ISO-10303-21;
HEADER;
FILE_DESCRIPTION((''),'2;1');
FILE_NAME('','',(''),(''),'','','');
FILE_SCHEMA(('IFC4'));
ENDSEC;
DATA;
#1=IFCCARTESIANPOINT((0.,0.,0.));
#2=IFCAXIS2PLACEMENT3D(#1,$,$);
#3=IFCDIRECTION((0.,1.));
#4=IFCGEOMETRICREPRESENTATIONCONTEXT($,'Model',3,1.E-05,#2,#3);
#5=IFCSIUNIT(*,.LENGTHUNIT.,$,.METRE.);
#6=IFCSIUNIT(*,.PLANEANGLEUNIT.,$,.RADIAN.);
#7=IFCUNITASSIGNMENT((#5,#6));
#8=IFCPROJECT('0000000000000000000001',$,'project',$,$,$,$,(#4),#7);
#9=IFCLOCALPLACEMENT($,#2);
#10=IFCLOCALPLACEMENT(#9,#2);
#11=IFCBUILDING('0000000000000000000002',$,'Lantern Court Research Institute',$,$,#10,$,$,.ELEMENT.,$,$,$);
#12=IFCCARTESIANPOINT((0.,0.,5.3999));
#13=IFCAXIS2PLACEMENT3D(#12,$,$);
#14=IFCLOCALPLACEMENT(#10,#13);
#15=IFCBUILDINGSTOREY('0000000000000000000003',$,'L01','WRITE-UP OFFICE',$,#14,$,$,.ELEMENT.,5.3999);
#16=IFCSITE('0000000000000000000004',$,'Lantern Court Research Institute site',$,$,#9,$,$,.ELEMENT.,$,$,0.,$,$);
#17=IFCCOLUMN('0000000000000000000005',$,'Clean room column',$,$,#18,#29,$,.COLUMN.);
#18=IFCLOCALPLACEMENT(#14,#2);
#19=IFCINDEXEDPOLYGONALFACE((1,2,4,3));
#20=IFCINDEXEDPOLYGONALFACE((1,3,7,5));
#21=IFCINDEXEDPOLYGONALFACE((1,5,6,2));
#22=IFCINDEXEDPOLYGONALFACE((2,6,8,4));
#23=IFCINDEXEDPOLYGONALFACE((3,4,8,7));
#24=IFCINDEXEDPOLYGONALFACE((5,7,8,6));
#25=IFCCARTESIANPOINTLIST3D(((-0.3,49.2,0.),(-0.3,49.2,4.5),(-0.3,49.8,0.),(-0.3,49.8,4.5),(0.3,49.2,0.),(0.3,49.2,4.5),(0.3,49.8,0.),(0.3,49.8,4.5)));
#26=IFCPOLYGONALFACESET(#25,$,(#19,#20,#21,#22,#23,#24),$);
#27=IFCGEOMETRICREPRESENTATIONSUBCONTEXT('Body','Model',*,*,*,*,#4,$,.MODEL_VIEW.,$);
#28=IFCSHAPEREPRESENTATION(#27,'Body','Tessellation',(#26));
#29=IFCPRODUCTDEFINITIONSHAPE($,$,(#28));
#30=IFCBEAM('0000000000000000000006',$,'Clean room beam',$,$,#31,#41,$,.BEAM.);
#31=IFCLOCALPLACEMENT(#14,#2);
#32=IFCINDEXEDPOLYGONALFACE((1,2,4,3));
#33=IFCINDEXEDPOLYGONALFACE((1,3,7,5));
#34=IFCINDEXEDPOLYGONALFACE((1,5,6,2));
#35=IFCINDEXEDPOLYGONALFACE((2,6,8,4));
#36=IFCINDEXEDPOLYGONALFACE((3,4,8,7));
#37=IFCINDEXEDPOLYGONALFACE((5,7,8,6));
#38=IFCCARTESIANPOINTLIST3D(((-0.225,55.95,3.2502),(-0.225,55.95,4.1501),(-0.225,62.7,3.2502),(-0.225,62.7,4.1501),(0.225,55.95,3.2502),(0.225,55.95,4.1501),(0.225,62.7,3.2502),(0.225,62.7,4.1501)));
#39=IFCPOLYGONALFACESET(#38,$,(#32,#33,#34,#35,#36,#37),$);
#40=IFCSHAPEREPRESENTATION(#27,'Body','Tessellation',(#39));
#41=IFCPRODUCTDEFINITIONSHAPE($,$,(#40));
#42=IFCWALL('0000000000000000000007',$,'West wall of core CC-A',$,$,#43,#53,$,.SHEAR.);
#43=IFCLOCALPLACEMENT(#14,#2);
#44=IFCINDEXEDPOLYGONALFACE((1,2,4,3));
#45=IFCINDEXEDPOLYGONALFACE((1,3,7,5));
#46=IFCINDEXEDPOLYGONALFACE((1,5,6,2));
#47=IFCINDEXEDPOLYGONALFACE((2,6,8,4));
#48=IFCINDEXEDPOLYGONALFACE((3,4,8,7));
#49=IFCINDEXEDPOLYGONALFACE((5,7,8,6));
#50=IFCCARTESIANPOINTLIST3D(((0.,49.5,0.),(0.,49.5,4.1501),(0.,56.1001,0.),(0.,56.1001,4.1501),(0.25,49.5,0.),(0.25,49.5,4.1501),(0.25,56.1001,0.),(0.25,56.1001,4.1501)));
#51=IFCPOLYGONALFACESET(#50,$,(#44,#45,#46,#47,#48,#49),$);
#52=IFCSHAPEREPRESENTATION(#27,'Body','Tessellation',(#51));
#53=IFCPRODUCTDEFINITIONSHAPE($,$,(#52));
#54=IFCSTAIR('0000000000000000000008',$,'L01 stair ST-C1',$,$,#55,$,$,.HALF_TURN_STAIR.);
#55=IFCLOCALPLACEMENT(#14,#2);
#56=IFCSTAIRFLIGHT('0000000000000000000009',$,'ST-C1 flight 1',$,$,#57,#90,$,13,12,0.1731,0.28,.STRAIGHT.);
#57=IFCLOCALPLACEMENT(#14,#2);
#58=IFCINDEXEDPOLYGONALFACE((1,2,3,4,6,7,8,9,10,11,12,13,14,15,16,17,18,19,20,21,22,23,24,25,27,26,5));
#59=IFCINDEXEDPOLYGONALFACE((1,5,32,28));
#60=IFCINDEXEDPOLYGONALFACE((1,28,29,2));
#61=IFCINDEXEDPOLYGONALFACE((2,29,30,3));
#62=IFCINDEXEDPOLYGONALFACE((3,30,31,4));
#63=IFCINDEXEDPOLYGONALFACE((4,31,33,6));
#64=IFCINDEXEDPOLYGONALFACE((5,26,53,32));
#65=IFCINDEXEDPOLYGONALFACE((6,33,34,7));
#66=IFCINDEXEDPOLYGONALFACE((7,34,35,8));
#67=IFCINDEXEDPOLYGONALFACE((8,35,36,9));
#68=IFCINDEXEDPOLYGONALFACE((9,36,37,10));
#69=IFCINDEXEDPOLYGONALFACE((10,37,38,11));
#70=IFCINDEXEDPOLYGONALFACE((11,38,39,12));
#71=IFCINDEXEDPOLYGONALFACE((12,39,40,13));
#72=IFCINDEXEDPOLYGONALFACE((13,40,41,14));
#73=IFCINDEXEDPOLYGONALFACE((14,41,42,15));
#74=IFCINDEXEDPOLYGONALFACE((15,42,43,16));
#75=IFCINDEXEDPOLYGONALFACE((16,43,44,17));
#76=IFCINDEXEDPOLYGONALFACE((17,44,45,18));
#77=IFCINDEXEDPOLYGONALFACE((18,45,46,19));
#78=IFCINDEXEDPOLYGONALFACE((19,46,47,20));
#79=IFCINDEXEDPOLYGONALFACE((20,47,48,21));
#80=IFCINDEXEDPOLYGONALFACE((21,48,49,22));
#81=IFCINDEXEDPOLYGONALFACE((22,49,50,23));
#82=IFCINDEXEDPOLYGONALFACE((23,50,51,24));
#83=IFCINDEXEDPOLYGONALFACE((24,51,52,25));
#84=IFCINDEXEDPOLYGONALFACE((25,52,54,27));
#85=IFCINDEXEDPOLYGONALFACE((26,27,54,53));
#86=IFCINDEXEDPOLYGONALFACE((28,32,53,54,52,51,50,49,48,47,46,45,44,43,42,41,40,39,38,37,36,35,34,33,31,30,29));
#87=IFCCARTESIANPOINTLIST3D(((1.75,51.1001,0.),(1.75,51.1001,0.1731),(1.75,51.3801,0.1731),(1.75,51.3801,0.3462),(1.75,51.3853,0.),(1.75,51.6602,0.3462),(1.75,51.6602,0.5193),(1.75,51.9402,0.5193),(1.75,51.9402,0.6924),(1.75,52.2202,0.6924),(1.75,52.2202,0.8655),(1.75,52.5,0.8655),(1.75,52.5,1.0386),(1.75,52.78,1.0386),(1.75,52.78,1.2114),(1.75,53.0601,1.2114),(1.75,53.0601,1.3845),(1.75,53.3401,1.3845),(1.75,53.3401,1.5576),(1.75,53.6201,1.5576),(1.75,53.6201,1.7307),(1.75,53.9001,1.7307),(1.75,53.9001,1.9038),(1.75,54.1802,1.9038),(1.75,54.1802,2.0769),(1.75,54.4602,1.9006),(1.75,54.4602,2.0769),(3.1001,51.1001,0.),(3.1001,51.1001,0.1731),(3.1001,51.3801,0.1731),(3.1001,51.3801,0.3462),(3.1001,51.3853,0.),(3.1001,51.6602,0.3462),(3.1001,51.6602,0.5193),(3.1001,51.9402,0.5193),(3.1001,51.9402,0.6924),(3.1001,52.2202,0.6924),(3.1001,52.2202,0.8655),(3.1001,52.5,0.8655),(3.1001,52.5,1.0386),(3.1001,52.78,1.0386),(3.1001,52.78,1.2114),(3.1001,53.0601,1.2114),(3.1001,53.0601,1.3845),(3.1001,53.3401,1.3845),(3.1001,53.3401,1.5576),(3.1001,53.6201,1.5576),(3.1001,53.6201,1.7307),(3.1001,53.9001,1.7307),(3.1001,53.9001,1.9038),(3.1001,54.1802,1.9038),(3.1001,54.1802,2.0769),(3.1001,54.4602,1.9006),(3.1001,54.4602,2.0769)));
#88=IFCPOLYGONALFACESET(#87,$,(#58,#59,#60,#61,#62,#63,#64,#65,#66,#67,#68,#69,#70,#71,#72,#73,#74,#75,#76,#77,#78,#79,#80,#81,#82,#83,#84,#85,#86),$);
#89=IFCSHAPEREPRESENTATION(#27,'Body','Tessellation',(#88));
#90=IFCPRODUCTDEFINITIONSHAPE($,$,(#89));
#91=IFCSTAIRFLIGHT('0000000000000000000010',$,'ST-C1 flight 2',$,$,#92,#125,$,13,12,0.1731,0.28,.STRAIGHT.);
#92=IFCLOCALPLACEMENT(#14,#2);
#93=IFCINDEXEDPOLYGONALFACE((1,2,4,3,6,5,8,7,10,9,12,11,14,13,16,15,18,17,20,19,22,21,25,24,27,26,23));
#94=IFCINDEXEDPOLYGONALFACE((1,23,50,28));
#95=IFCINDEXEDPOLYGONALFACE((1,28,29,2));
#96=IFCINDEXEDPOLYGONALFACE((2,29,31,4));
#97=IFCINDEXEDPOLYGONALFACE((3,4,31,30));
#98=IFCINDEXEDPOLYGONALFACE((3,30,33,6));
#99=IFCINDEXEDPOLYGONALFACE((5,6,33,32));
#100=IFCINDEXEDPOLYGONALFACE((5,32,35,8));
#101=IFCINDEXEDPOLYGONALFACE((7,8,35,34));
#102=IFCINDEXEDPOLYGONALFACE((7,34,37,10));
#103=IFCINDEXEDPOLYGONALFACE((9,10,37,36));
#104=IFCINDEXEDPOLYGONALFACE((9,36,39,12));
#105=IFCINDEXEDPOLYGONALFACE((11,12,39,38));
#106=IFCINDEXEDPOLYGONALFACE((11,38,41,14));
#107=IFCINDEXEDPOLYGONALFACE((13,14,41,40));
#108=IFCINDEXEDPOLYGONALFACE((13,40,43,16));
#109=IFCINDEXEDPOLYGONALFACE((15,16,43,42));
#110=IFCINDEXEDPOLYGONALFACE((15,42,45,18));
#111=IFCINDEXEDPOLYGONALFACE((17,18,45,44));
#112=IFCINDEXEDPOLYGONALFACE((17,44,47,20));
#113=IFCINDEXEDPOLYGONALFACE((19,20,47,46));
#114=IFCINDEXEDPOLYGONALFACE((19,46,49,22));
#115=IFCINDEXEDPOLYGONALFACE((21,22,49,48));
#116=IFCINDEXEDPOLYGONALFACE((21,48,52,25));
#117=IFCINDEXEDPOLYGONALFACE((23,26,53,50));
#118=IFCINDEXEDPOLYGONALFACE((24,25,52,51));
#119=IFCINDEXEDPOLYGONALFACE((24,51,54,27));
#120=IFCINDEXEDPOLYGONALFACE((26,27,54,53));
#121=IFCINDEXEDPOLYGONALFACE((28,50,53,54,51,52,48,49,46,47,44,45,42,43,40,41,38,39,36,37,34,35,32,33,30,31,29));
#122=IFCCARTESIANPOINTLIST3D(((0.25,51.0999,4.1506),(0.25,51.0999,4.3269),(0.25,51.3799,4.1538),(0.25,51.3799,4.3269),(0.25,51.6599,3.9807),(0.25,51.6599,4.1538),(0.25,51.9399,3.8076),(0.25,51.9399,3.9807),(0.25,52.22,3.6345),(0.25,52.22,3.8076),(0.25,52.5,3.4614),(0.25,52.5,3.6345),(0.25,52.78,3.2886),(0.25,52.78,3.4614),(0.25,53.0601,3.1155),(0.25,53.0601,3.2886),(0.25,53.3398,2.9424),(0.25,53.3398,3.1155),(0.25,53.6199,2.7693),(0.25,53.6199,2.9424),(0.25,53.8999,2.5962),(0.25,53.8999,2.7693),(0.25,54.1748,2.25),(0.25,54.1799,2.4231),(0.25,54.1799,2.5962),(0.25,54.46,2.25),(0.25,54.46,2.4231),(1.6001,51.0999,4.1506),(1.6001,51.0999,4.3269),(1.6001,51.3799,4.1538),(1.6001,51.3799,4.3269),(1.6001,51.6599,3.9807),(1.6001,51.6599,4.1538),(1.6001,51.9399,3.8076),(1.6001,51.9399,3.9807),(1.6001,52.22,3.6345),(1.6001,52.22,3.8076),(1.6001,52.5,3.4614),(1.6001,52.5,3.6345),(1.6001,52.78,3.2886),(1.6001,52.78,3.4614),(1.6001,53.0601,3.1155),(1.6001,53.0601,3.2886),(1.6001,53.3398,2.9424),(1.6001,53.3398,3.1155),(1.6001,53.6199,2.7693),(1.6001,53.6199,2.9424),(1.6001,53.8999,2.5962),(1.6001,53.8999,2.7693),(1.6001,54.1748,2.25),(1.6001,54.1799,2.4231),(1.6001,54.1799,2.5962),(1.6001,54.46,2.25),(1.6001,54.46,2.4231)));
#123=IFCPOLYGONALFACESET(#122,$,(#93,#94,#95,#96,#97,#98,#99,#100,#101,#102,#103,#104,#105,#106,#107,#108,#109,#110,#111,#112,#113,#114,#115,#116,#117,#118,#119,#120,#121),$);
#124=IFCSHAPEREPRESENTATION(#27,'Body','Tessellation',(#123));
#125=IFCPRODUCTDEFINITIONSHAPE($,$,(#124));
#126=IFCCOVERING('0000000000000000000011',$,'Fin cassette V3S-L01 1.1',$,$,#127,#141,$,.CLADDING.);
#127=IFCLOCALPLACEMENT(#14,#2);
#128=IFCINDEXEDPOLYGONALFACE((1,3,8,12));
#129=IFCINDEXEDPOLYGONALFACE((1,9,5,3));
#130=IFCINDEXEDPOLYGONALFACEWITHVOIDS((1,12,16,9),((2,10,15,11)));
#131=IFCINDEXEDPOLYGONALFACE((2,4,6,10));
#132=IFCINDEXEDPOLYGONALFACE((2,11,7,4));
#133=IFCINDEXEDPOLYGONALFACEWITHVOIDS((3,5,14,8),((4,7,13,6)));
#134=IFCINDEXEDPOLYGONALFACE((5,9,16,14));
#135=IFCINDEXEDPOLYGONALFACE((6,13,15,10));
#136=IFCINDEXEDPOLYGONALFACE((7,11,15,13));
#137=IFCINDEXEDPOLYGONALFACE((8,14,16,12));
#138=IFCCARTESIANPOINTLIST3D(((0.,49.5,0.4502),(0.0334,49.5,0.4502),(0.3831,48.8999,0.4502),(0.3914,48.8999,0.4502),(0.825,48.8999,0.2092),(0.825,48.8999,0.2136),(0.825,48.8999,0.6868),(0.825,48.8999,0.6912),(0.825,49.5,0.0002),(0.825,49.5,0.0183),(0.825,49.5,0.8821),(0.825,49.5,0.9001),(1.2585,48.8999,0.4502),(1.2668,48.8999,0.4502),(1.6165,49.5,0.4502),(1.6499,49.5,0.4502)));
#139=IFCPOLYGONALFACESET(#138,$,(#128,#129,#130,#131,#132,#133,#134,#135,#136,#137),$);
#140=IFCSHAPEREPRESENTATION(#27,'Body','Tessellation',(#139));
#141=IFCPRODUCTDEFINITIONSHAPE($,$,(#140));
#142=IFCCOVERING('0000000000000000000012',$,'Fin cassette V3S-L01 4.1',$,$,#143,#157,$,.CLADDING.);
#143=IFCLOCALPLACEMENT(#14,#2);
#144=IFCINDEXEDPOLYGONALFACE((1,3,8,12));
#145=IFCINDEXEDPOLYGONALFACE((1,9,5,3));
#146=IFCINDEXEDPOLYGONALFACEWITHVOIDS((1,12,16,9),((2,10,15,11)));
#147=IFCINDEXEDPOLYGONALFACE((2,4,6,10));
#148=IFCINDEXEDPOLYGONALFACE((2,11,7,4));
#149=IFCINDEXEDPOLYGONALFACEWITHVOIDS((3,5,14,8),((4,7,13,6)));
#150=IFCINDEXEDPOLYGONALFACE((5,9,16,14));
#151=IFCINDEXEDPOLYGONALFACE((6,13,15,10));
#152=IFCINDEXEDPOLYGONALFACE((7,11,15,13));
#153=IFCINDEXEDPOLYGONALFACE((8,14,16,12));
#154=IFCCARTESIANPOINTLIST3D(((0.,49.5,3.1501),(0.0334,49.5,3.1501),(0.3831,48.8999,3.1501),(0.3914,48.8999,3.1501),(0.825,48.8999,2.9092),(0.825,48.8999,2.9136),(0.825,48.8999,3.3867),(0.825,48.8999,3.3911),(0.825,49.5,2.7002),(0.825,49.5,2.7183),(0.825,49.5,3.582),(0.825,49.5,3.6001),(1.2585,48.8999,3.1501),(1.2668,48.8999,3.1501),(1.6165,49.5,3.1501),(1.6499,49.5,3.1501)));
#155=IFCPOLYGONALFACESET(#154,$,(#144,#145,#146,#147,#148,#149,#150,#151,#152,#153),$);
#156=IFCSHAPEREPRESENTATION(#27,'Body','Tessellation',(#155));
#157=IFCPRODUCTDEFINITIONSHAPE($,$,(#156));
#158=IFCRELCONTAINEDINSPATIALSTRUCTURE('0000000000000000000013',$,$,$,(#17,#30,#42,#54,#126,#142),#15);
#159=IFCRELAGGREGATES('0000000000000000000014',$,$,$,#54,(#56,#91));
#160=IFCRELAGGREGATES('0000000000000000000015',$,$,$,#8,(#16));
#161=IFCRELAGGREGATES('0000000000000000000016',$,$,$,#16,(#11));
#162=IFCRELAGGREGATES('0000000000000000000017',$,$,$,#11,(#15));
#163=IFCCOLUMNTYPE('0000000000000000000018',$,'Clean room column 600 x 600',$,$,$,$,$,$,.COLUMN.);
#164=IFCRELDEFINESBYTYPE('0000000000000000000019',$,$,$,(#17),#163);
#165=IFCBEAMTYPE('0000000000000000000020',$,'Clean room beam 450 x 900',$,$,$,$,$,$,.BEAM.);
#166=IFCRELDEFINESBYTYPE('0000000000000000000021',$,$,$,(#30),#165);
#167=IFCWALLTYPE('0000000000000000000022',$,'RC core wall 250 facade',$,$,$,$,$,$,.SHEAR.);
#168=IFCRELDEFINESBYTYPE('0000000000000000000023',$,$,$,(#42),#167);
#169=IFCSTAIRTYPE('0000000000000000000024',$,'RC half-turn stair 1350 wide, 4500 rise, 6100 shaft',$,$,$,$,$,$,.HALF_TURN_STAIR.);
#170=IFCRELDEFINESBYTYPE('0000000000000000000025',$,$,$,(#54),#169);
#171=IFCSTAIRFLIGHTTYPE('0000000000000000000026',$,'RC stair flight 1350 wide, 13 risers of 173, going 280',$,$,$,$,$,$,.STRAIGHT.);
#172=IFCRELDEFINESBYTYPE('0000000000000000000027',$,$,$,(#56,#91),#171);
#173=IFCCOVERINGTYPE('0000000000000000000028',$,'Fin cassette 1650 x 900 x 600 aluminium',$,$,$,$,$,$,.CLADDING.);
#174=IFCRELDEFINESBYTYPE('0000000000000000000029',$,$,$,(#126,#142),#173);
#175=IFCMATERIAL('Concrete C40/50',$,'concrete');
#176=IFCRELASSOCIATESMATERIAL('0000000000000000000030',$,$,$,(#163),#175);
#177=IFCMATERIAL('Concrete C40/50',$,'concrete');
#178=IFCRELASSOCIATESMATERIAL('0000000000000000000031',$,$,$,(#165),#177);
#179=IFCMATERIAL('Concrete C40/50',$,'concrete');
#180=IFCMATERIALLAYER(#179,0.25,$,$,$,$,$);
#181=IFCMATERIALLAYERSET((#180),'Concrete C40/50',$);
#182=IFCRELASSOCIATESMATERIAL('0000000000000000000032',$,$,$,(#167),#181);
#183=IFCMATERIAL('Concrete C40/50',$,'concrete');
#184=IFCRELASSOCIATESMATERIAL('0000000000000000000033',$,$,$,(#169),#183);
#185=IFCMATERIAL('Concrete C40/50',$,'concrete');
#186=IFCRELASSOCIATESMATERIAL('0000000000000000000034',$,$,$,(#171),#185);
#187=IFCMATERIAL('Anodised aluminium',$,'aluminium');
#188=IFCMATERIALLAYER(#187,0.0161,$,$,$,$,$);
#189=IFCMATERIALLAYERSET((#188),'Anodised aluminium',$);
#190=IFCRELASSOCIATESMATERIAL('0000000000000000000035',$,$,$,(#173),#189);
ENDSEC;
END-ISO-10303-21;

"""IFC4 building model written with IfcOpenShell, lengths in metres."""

from ifc_helpers import new_model, entity, si_unit, direction, frame, frame_2d, origin, origin_2d, place, context, subcontext, project, spatial, polyline, rectangle, outline, extrude, material, layer, layer_set, material_profile, profile_set, type_object, element, aggregate, save


model = new_model("IFC4")

# Units and contexts
model_context = context("Model", 3, precision=1e-05, world=origin(), true_north=direction((0.0, 1.0)))
body_context = subcontext(model_context, "Body", "Model", "MODEL_VIEW")
ifc_project = project(units=[si_unit("LENGTHUNIT", "METRE"), si_unit("PLANEANGLEUNIT", "RADIAN")], contexts=[model_context])

# Site, building, storey
site_placement = place(None, origin())
site = spatial("IfcSite", under=ifc_project, at=site_placement, Name="Lantern Court Research Institute site", CompositionType="ELEMENT", RefElevation=0.0)
building_placement = place(site_placement, origin())
building = spatial("IfcBuilding", under=site, at=building_placement, Name="Lantern Court Research Institute", CompositionType="ELEMENT")
storey_placement = place(building_placement, frame((0.0, 0.0, 5.3999)))
storey = spatial("IfcBuildingStorey", under=building, at=storey_placement, Name="L01", Description="WRITE-UP OFFICE", CompositionType="ELEMENT", Elevation=5.3999)

# Column
ifc_material_1 = material(Name="Concrete C40/50", Category="concrete")
ifc_material_profile_1 = material_profile(ifc_material_1, rectangle(XDim=0.6001, YDim=0.6001, at=origin_2d()), Name="Clean room column 600 x 600")
ifc_profile_set_1 = profile_set([ifc_material_profile_1], Name="Concrete C40/50")
column_type = type_object("IfcColumnType", Name="Clean room column 600 x 600", PredefinedType="COLUMN", material=ifc_profile_set_1)
column_placement = place(storey_placement, frame((0.0, 49.5, 0.0), z_axis=(0.0, 0.0, 1.0), x_axis=(1.0, 0.0, 0.0)))
element("IfcColumn", 1, at=column_placement, inside=storey, type_object=column_type, Name="Clean room column", PredefinedType="COLUMN", context=body_context, shape_type="SweptSolid", body=[
    extrude(rectangle(XDim=0.6001, YDim=0.6001, at=origin_2d()), origin(), (0.0, 0.0, 1.0), 4.5),
])

# Beam
ifc_material_2 = material(Name="Concrete C40/50", Category="concrete")
ifc_material_profile_2 = material_profile(ifc_material_2, rectangle(XDim=0.45, YDim=0.8999, at=origin_2d()), Name="Clean room beam 450 x 900")
ifc_profile_set_2 = profile_set([ifc_material_profile_2], Name="Concrete C40/50")
beam_type = type_object("IfcBeamType", Name="Clean room beam 450 x 900", PredefinedType="BEAM", material=ifc_profile_set_2)
beam_placement = place(storey_placement, frame((0.0, 55.95, 3.7002), z_axis=(0.0, 1.0, 0.0), x_axis=(-1.0, 0.0, 0.0)))
element("IfcBeam", 2, at=beam_placement, inside=storey, type_object=beam_type, Name="Clean room beam", PredefinedType="BEAM", context=body_context, shape_type="SweptSolid", body=[
    extrude(rectangle(XDim=0.45, YDim=0.8999, at=origin_2d()), origin(), (0.0, 0.0, 1.0), 6.75),
])

# Wall
ifc_material_3 = material(Name="Concrete C40/50", Category="concrete")
ifc_layer_1 = layer(ifc_material_3, 0.25)
ifc_layer_set_1 = layer_set([ifc_layer_1], Name="Concrete C40/50")
wall_type = type_object("IfcWallType", Name="RC core wall 250 facade", PredefinedType="SHEAR", material=ifc_layer_set_1)
wall_placement = place(storey_placement, frame((0.125, 49.5, 0.0), z_axis=(0.0, 0.0, 1.0), x_axis=(0.0, 1.0, 0.0)))
element("IfcWall", 3, at=wall_placement, inside=storey, type_object=wall_type, Name="West wall of core CC-A", PredefinedType="SHEAR", context=body_context, shape_type="SweptSolid", body=[
    extrude(rectangle(XDim=6.6001, YDim=0.25, at=frame_2d((3.3, 0.0))), origin(), (0.0, 0.0, 1.0), 4.1501),
])

# Stair, stair flights
ifc_material_4 = material(Name="Concrete C40/50", Category="concrete")
stair_type = type_object("IfcStairType", Name="RC half-turn stair 1350 wide, 4500 rise, 6100 shaft", PredefinedType="HALF_TURN_STAIR", material=ifc_material_4)
stair_placement = place(storey_placement, origin())
stair = element("IfcStair", 4, at=stair_placement, inside=storey, type_object=stair_type, Name="L01 stair ST-C1", PredefinedType="HALF_TURN_STAIR")
ifc_material_5 = material(Name="Concrete C40/50", Category="concrete")
stair_flight_type = type_object("IfcStairFlightType", Name="RC stair flight 1350 wide, 13 risers of 173, going 280", PredefinedType="STRAIGHT", material=ifc_material_5)
stair_flight_1_placement = place(storey_placement, frame((2.425, 51.1001, 0.0), z_axis=(0.0, 0.0, 1.0), x_axis=(0.0, 1.0, 0.0)))
stair_flight_1 = element("IfcStairFlight", 5, at=stair_flight_1_placement, type_object=stair_flight_type, Name="ST-C1 flight 1", NumberOfRisers=13, NumberOfTreads=12, PredefinedType="STRAIGHT", RiserHeight=0.1731, TreadLength=0.28, context=body_context, shape_type="SweptSolid", body=[
    extrude(outline(polyline([(0.0, 0.0), (0.0, 0.1731), (0.28, 0.1731), (0.28, 0.3462), (0.5601, 0.3462), (0.5601, 0.5193), (0.8401, 0.5193), (0.8401, 0.6924), (1.1201, 0.6924), (1.1201, 0.8655), (1.3999, 0.8655), (1.3999, 1.0386), (1.6799, 1.0386), (1.6799, 1.2114), (1.96, 1.2114), (1.96, 1.3845), (2.24, 1.3845), (2.24, 1.5576), (2.52, 1.5576), (2.52, 1.7307), (2.8, 1.7307), (2.8, 1.9038), (3.0801, 1.9038), (3.0801, 2.0769), (3.3601, 2.0769), (3.3601, 2.25), (3.3601, 1.9006), (0.2852, 0.0), (0.0, 0.0)])), frame((0.0, 0.675, 0.0), z_axis=(0.0, -1.0, 0.0), x_axis=(1.0, 0.0, 0.0)), (0.0, 0.0, 1.0), 1.3501),
])
stair_flight_2_placement = place(storey_placement, frame((0.925, 54.46, 2.25), z_axis=(0.0, 0.0, 1.0), x_axis=(0.0, -1.0, 0.0)))
stair_flight_2 = element("IfcStairFlight", 6, at=stair_flight_2_placement, type_object=stair_flight_type, Name="ST-C1 flight 2", NumberOfRisers=13, NumberOfTreads=12, PredefinedType="STRAIGHT", RiserHeight=0.1731, TreadLength=0.28, context=body_context, shape_type="SweptSolid", body=[
    extrude(outline(polyline([(0.0, 0.0), (0.0, 0.1731), (0.28, 0.1731), (0.28, 0.3462), (0.5601, 0.3462), (0.5601, 0.5193), (0.8401, 0.5193), (0.8401, 0.6924), (1.1201, 0.6924), (1.1201, 0.8655), (1.3999, 0.8655), (1.3999, 1.0386), (1.6799, 1.0386), (1.6799, 1.2114), (1.96, 1.2114), (1.96, 1.3845), (2.24, 1.3845), (2.24, 1.5576), (2.52, 1.5576), (2.52, 1.7307), (2.8, 1.7307), (2.8, 1.9038), (3.0801, 1.9038), (3.0801, 2.0769), (3.3601, 2.0769), (3.3601, 2.25), (3.3601, 1.9006), (0.2852, 0.0), (0.0, 0.0)])), frame((0.0, 0.675, 0.0), z_axis=(0.0, -1.0, 0.0), x_axis=(1.0, 0.0, 0.0)), (0.0, 0.0, 1.0), 1.3501),
])
aggregate(stair, [stair_flight_1, stair_flight_2])

# Coverings
ifc_material_6 = material(Name="Anodised aluminium", Category="aluminium")
ifc_layer_2 = layer(ifc_material_6, 0.0161)
ifc_layer_set_2 = layer_set([ifc_layer_2], Name="Anodised aluminium")
covering_type = type_object("IfcCoveringType", Name="Fin cassette 1650 x 900 x 600 aluminium", PredefinedType="CLADDING", material=ifc_layer_set_2)
covering_1_placement = place(storey_placement, frame((0.825, 49.5, 0.4502), z_axis=(0.0, -1.0, 0.0), x_axis=(1.0, 0.0, 0.0)))
cartesian_point_1 = entity("IfcCartesianPoint", [0.825, 0.0])
cartesian_point_2 = entity("IfcCartesianPoint", [0.7915, 0.0])
cartesian_point_3 = entity("IfcCartesianPoint", [0.4419, 0.0])
cartesian_point_4 = entity("IfcCartesianPoint", [0.4336, 0.0])
element("IfcCovering", 7, at=covering_1_placement, inside=storey, type_object=covering_type, Name="Fin cassette V3S-L01 1.1", PredefinedType="CLADDING", context=body_context, shape_type="SweptSolid", body=[
    entity("IfcExtrudedAreaSolidTapered", entity("IfcArbitraryProfileDefWithVoids", "AREA", None, entity("IfcPolyline", [cartesian_point_1, entity("IfcCartesianPoint", [0.0, 0.45]), entity("IfcCartesianPoint", [-0.825, 0.0]), entity("IfcCartesianPoint", [0.0, -0.45]), cartesian_point_1]), [entity("IfcPolyline", [cartesian_point_2, entity("IfcCartesianPoint", [0.0, 0.4319]), entity("IfcCartesianPoint", [-0.7915, 0.0]), entity("IfcCartesianPoint", [0.0, -0.4319]), cartesian_point_2])]), entity("IfcAxis2Placement3D", entity("IfcCartesianPoint", [0.0, 0.0, 0.0])), entity("IfcDirection", [0.0, 0.0, 1.0]), 0.6001, entity("IfcArbitraryProfileDefWithVoids", "AREA", None, entity("IfcPolyline", [cartesian_point_3, entity("IfcCartesianPoint", [0.0, 0.241]), entity("IfcCartesianPoint", [-0.4419, 0.0]), entity("IfcCartesianPoint", [0.0, -0.241]), cartesian_point_3]), [entity("IfcPolyline", [cartesian_point_4, entity("IfcCartesianPoint", [0.0, 0.2366]), entity("IfcCartesianPoint", [-0.4336, 0.0]), entity("IfcCartesianPoint", [0.0, -0.2366]), cartesian_point_4])])),
])
covering_2_placement = place(storey_placement, frame((0.825, 49.5, 3.1501), z_axis=(0.0, -1.0, 0.0), x_axis=(1.0, 0.0, 0.0)))
cartesian_point_5 = entity("IfcCartesianPoint", [0.825, 0.0])
cartesian_point_6 = entity("IfcCartesianPoint", [0.7915, 0.0])
cartesian_point_7 = entity("IfcCartesianPoint", [0.4419, 0.0])
cartesian_point_8 = entity("IfcCartesianPoint", [0.4336, 0.0])
element("IfcCovering", 8, at=covering_2_placement, inside=storey, type_object=covering_type, Name="Fin cassette V3S-L01 4.1", PredefinedType="CLADDING", context=body_context, shape_type="SweptSolid", body=[
    entity("IfcExtrudedAreaSolidTapered", entity("IfcArbitraryProfileDefWithVoids", "AREA", None, entity("IfcPolyline", [cartesian_point_5, entity("IfcCartesianPoint", [0.0, 0.45]), entity("IfcCartesianPoint", [-0.825, 0.0]), entity("IfcCartesianPoint", [0.0, -0.45]), cartesian_point_5]), [entity("IfcPolyline", [cartesian_point_6, entity("IfcCartesianPoint", [0.0, 0.4319]), entity("IfcCartesianPoint", [-0.7915, 0.0]), entity("IfcCartesianPoint", [0.0, -0.4319]), cartesian_point_6])]), entity("IfcAxis2Placement3D", entity("IfcCartesianPoint", [0.0, 0.0, 0.0])), entity("IfcDirection", [0.0, 0.0, 1.0]), 0.6001, entity("IfcArbitraryProfileDefWithVoids", "AREA", None, entity("IfcPolyline", [cartesian_point_7, entity("IfcCartesianPoint", [0.0, 0.241]), entity("IfcCartesianPoint", [-0.4419, 0.0]), entity("IfcCartesianPoint", [0.0, -0.241]), cartesian_point_7]), [entity("IfcPolyline", [cartesian_point_8, entity("IfcCartesianPoint", [0.0, 0.2366]), entity("IfcCartesianPoint", [-0.4336, 0.0]), entity("IfcCartesianPoint", [0.0, -0.2366]), cartesian_point_8])])),
])

save(model, "model.ifc")
